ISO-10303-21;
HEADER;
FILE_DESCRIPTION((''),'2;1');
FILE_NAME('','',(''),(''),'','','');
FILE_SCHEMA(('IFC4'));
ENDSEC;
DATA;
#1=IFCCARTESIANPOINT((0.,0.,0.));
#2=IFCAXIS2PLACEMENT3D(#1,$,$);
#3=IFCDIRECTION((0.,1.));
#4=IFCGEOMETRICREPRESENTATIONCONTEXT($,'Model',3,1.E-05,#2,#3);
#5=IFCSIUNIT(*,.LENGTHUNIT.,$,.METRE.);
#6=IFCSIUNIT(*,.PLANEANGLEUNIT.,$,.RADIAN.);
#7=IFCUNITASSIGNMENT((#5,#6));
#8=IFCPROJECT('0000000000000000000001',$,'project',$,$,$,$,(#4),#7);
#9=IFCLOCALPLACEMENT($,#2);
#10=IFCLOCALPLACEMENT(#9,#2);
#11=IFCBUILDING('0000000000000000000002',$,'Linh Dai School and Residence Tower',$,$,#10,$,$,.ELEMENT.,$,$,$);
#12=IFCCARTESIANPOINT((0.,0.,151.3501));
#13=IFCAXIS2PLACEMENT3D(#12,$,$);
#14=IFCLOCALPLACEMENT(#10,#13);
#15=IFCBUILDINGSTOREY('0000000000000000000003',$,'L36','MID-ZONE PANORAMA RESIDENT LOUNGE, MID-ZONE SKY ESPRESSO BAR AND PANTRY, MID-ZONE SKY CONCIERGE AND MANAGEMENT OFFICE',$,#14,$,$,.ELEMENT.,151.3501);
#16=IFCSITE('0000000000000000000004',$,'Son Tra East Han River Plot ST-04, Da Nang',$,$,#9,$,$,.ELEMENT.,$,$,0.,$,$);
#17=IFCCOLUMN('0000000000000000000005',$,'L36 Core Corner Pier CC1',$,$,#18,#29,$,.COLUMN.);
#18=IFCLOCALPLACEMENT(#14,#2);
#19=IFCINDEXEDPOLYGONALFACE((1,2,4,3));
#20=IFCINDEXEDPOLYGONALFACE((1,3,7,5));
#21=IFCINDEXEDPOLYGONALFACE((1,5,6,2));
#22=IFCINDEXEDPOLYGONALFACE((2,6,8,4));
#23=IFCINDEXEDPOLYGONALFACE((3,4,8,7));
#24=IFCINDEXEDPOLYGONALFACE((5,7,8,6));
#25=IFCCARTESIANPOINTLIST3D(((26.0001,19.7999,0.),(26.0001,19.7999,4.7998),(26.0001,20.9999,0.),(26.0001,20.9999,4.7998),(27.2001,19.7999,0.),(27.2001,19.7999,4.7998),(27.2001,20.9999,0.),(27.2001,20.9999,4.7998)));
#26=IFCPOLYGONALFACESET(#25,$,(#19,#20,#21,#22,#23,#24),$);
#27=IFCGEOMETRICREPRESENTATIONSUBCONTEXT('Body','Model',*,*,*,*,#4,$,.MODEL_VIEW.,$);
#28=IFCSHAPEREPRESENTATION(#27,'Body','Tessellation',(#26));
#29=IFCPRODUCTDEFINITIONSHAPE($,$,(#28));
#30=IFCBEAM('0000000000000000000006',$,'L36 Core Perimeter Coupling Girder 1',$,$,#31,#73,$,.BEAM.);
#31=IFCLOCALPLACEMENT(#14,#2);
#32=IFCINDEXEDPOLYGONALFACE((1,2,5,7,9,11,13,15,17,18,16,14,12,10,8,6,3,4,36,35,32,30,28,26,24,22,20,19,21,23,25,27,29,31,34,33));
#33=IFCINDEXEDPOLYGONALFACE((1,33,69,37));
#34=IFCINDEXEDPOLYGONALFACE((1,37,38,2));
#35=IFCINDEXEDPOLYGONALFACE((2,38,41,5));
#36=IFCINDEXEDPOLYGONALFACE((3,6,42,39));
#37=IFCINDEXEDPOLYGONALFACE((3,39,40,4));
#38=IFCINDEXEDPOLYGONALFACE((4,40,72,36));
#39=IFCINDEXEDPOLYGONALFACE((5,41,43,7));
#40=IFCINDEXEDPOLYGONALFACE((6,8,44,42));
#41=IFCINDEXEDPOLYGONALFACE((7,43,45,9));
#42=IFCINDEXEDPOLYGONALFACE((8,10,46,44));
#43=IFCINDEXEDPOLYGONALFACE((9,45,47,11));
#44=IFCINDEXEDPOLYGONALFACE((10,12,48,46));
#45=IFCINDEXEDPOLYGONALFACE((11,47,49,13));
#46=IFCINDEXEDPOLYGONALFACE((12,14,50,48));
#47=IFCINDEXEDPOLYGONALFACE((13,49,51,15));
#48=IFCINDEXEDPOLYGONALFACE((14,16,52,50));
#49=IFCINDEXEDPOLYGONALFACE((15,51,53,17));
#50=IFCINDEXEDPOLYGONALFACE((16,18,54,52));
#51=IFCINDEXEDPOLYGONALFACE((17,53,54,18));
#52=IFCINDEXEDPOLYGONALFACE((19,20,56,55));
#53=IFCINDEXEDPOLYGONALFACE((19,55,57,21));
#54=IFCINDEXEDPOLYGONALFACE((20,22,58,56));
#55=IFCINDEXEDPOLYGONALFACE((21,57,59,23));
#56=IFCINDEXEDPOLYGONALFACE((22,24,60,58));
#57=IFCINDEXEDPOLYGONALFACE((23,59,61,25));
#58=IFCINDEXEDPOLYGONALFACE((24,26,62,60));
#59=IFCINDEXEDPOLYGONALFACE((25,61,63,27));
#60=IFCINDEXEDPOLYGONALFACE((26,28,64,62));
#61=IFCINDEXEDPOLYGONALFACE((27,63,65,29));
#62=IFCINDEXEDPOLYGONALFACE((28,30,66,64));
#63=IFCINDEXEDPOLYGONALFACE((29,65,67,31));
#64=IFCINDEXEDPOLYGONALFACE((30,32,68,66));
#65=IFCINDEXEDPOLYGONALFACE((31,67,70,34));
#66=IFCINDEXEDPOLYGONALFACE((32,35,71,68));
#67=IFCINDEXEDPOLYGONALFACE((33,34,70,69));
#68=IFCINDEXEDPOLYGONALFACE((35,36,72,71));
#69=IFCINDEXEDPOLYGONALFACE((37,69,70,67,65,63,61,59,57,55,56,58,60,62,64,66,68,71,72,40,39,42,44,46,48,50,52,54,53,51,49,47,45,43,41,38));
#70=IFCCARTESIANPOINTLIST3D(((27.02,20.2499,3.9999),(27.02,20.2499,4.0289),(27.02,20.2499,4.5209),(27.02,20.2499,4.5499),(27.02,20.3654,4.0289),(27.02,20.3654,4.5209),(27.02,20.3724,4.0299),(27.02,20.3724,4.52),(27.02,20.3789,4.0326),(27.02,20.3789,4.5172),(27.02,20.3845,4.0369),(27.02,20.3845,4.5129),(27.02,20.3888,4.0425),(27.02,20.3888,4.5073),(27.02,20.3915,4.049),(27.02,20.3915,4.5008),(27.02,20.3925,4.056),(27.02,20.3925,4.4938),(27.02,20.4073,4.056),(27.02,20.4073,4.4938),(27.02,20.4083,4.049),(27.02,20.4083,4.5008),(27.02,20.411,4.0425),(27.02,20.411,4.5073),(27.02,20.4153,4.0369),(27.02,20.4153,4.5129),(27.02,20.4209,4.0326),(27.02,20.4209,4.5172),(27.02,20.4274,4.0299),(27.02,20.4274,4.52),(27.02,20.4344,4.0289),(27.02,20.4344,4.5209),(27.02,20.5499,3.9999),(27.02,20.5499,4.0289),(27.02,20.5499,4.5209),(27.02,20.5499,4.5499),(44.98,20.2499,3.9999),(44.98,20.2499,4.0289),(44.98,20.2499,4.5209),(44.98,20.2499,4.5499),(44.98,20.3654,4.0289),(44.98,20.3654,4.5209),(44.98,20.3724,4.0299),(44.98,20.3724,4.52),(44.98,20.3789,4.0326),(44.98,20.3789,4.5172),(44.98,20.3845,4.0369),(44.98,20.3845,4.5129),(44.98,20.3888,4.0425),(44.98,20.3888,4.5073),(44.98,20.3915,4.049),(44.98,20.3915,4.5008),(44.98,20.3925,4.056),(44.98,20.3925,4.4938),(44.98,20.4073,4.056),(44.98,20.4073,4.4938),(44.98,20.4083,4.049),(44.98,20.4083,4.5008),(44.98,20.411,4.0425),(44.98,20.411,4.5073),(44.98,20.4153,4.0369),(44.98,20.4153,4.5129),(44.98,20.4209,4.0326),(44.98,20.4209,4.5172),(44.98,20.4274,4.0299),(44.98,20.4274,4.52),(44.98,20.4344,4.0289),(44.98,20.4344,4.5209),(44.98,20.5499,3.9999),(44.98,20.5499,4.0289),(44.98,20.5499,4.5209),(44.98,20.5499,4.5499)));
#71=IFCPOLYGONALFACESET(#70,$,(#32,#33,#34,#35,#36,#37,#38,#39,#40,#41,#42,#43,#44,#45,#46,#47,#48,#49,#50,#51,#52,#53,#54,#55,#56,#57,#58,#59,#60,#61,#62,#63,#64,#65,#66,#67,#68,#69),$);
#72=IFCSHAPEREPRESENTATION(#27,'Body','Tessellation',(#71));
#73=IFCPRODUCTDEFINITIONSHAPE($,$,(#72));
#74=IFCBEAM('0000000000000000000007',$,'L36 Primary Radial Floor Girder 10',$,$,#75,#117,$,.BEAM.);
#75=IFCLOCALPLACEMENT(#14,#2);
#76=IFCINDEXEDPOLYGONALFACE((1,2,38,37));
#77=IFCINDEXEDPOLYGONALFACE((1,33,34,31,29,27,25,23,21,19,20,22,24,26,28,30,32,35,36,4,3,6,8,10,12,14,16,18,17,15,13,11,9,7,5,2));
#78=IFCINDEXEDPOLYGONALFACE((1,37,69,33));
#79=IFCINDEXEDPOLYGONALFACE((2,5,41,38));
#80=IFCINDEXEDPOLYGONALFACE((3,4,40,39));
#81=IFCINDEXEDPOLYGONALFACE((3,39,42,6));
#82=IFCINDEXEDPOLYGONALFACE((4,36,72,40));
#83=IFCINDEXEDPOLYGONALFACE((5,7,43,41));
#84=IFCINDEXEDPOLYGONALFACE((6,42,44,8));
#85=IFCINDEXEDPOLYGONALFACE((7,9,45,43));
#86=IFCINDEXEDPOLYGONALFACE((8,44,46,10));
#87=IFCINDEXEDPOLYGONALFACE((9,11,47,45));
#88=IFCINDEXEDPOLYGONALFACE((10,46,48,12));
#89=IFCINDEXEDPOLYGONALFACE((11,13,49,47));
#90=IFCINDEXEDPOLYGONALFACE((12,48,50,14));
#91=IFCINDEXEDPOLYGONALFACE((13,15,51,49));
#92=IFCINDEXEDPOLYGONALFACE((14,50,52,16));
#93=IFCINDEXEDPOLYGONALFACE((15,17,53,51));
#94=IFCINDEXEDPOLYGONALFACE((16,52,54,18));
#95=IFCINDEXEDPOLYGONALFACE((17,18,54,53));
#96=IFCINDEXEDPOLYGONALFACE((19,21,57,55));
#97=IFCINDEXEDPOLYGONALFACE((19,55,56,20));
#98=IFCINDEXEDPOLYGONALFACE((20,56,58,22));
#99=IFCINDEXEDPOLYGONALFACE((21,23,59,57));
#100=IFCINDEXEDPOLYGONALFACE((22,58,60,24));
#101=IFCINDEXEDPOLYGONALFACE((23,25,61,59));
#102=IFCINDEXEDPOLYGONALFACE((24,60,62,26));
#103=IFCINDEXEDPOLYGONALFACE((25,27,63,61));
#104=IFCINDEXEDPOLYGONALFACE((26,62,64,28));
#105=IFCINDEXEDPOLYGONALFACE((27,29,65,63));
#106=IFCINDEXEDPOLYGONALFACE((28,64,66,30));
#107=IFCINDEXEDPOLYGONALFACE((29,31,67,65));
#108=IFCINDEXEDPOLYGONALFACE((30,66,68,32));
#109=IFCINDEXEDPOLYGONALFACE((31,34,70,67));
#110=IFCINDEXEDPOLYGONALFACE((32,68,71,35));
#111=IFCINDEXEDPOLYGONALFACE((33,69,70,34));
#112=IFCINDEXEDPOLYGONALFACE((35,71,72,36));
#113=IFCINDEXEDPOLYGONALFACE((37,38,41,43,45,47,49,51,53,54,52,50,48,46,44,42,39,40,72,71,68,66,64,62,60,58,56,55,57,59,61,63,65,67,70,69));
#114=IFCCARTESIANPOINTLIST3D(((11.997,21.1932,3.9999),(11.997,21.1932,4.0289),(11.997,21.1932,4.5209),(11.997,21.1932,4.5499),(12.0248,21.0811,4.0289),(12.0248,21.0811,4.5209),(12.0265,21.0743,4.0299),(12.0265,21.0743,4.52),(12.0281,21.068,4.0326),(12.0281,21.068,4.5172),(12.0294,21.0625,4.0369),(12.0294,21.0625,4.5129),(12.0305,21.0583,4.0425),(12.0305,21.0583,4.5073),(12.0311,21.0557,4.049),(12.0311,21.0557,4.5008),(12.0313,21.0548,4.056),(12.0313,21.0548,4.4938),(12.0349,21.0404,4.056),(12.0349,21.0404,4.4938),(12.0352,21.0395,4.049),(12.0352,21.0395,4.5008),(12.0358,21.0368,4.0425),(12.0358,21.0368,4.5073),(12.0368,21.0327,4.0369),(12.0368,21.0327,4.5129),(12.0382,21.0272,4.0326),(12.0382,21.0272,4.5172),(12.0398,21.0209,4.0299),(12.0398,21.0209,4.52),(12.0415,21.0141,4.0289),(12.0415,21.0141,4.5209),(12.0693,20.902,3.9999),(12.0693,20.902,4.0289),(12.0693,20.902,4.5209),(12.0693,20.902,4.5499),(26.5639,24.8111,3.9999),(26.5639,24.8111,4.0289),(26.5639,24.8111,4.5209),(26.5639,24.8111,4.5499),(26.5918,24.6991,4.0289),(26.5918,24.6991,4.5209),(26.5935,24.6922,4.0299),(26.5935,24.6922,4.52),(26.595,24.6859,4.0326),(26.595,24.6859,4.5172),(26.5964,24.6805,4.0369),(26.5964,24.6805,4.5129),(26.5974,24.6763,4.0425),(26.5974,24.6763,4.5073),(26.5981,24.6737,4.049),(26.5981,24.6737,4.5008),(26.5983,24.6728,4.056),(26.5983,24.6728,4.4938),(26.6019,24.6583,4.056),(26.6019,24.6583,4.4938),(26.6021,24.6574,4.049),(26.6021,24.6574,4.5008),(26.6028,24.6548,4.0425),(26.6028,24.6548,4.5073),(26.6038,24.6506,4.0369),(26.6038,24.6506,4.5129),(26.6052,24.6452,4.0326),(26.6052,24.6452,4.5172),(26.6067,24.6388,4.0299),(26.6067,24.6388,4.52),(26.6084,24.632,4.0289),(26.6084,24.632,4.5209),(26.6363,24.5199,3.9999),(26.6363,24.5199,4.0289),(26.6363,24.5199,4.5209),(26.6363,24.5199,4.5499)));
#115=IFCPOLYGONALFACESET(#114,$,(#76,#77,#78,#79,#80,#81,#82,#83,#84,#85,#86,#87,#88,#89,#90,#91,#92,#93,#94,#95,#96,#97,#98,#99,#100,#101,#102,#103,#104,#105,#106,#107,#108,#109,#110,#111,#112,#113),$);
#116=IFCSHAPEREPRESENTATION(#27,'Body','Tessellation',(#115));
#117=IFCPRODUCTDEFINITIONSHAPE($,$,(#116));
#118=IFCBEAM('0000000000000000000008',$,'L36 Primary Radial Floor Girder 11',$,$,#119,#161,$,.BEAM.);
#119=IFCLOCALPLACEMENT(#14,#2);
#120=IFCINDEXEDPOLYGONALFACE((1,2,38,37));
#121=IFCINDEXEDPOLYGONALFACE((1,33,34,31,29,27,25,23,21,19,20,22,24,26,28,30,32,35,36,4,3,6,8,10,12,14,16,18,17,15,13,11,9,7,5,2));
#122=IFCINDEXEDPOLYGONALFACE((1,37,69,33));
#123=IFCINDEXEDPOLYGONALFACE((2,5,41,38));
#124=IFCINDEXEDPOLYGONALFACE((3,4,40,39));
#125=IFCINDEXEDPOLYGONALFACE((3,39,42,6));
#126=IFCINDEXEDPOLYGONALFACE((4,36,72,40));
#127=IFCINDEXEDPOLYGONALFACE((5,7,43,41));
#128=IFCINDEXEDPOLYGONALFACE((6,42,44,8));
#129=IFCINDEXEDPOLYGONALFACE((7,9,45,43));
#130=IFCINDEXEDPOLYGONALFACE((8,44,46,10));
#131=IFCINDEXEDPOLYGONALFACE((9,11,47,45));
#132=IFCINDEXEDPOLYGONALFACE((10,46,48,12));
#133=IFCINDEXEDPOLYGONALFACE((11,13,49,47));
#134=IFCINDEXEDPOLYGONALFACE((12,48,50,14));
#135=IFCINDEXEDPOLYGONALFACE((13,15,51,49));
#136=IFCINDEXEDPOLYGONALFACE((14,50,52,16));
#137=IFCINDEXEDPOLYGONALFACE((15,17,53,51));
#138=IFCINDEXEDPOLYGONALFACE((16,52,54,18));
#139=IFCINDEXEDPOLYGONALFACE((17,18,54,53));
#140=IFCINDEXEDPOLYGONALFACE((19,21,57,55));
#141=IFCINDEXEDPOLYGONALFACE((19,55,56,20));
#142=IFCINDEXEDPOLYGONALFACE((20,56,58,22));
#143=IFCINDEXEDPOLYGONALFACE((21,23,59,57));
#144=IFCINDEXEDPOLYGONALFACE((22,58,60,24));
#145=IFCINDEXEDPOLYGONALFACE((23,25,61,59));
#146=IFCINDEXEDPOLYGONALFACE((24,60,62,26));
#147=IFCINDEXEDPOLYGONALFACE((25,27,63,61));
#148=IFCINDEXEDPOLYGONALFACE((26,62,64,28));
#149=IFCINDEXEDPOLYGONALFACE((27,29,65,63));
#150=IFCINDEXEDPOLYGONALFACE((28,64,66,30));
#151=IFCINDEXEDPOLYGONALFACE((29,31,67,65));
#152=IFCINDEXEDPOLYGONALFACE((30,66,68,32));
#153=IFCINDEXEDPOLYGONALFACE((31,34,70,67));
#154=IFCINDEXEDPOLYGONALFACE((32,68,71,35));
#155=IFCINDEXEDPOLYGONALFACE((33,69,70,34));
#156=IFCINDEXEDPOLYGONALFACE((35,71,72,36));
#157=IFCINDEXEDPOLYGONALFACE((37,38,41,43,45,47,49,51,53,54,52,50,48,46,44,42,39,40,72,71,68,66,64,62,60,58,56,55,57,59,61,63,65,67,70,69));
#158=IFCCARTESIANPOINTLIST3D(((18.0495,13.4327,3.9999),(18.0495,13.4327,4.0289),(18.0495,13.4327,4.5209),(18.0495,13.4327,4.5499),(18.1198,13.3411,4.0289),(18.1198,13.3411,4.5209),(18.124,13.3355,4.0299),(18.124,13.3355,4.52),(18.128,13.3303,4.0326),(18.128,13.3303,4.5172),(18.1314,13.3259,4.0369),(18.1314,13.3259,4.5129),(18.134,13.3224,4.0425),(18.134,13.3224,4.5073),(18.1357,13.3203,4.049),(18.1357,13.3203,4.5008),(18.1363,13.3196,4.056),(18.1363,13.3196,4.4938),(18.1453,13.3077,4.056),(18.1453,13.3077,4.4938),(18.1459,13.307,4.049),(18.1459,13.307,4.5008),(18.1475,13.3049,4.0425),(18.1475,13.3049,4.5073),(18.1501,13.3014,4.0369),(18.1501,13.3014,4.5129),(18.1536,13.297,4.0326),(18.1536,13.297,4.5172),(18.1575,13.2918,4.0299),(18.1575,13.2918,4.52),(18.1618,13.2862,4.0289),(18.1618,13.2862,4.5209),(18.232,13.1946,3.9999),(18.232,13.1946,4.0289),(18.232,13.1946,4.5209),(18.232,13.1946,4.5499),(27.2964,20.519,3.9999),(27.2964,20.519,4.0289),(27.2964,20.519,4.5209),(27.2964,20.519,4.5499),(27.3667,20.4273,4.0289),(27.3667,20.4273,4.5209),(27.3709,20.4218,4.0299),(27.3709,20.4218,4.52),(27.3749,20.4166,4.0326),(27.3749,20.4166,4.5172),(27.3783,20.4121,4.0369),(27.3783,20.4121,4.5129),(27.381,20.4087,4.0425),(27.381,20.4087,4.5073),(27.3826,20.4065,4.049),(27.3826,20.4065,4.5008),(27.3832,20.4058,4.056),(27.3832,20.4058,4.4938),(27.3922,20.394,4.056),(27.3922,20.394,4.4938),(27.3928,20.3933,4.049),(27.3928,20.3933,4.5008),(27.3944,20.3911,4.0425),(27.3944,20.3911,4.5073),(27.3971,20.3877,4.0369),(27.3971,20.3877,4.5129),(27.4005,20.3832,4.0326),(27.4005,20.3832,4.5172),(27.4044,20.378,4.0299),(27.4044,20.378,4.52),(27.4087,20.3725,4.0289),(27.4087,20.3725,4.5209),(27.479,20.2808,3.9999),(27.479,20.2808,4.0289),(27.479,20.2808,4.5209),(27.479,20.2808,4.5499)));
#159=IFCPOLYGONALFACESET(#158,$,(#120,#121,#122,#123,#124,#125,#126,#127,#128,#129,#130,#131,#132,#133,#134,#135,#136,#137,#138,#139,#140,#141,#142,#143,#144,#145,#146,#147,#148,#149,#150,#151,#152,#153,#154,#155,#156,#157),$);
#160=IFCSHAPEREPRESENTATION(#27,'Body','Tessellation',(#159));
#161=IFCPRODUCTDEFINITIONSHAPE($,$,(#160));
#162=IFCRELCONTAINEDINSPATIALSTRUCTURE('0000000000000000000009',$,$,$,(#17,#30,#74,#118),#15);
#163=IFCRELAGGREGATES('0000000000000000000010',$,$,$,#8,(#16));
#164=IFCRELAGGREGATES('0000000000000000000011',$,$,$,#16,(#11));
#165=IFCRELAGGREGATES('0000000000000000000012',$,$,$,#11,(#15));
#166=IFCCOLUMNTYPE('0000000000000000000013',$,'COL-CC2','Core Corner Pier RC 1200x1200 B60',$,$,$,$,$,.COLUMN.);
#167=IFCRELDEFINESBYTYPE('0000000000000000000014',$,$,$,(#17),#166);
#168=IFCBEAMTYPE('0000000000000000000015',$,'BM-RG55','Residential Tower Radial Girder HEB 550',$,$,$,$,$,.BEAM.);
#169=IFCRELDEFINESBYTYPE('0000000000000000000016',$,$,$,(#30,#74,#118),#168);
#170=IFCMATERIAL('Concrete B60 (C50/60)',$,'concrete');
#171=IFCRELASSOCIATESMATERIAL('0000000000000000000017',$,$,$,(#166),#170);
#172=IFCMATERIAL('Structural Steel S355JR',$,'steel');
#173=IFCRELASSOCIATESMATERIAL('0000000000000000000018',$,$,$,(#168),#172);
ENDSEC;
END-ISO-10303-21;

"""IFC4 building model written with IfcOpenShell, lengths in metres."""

from ifc_helpers import new_model, si_unit, direction, frame, origin, origin_2d, place, context, subcontext, project, spatial, rectangle, i_section, extrude, material, material_profile, profile_set, type_object, element, save


model = new_model("IFC4")

# Units and contexts
model_context = context("Model", 3, precision=1e-05, world=origin(), true_north=direction((0.0, 1.0)))
body_context = subcontext(model_context, "Body", "Model", "MODEL_VIEW")
ifc_project = project(units=[si_unit("LENGTHUNIT", "METRE"), si_unit("PLANEANGLEUNIT", "RADIAN")], contexts=[model_context])

# Site, building, storey
site_placement = place(None, origin())
site = spatial("IfcSite", under=ifc_project, at=site_placement, Name="Son Tra East Han River Plot ST-04, Da Nang", CompositionType="ELEMENT", RefElevation=0.0)
building_placement = place(site_placement, origin())
building = spatial("IfcBuilding", under=site, at=building_placement, Name="Linh Dai School and Residence Tower", CompositionType="ELEMENT")
storey_placement = place(building_placement, frame((0.0, 0.0, 151.3501)))
storey = spatial("IfcBuildingStorey", under=building, at=storey_placement, Name="L36", Description="MID-ZONE PANORAMA RESIDENT LOUNGE, MID-ZONE SKY ESPRESSO BAR AND PANTRY, MID-ZONE SKY CONCIERGE AND MANAGEMENT OFFICE", CompositionType="ELEMENT", Elevation=151.3501)

# Column
ifc_material_1 = material(Name="Concrete B60 (C50/60)", Category="concrete")
ifc_material_profile_1 = material_profile(ifc_material_1, rectangle(XDim=1.2, YDim=1.2, at=origin_2d()), Name="RC 1200x1200")
ifc_profile_set_1 = profile_set([ifc_material_profile_1], Name="Concrete B60 (C50/60)")
column_type = type_object("IfcColumnType", Name="COL-CC2", Description="Core Corner Pier RC 1200x1200 B60", PredefinedType="COLUMN", material=ifc_profile_set_1)
column_placement = place(storey_placement, frame((26.6001, 20.3999, 0.0), z_axis=(0.0, 0.0, 1.0), x_axis=(1.0, 0.0, 0.0)))
element("IfcColumn", 1, at=column_placement, inside=storey, type_object=column_type, Name="L36 Core Corner Pier CC1", PredefinedType="COLUMN", context=body_context, shape_type="SweptSolid", body=[
    extrude(rectangle(XDim=1.2, YDim=1.2, at=origin_2d()), origin(), (0.0, 0.0, 1.0), 4.7998),
])

# Beams
ifc_material_2 = material(Name="Structural Steel S355JR", Category="steel")
ifc_material_profile_2 = material_profile(ifc_material_2, i_section(OverallWidth=0.3, OverallDepth=0.55, WebThickness=0.0149, FlangeThickness=0.0291, FilletRadius=0.0271, at=origin_2d()), Name="HEB 550")
ifc_profile_set_2 = profile_set([ifc_material_profile_2], Name="Structural Steel S355JR")
beam_type_1 = type_object("IfcBeamType", Name="BM-RG55", Description="Residential Tower Radial Girder HEB 550", PredefinedType="BEAM", material=ifc_profile_set_2)
beam_1_placement = place(storey_placement, frame((27.02, 20.3999, 4.2749), z_axis=(1.0, 0.0, 0.0), x_axis=(0.0, 1.0, 0.0)))
element("IfcBeam", 2, at=beam_1_placement, inside=storey, type_object=beam_type_1, Name="L36 Core Perimeter Coupling Girder 1", PredefinedType="BEAM", context=body_context, shape_type="SweptSolid", body=[
    extrude(i_section(OverallWidth=0.3, OverallDepth=0.55, WebThickness=0.0149, FlangeThickness=0.0291, FilletRadius=0.0271, at=origin_2d()), origin(), (0.0, 0.0, 1.0), 17.96),
])
beam_2_placement = place(storey_placement, frame((26.6001, 24.6655, 4.2749), z_axis=(-0.970515, -0.241043, 0.0), x_axis=(0.241043, -0.970515, 0.0)))
element("IfcBeam", 3, at=beam_2_placement, inside=storey, type_object=beam_type_1, Name="L36 Primary Radial Floor Girder 10", PredefinedType="BEAM", context=body_context, shape_type="SweptSolid", body=[
    extrude(i_section(OverallWidth=0.3, OverallDepth=0.55, WebThickness=0.0149, FlangeThickness=0.0291, FilletRadius=0.0271, at=origin_2d()), origin(), (0.0, 0.0, 1.0), 15.0095),
])
beam_3_placement = place(storey_placement, frame((27.3877, 20.3999, 4.2749), z_axis=(-0.793733, -0.608267, 0.0), x_axis=(0.608267, -0.793733, 0.0)))
element("IfcBeam", 4, at=beam_3_placement, inside=storey, type_object=beam_type_1, Name="L36 Primary Radial Floor Girder 11", PredefinedType="BEAM", context=body_context, shape_type="SweptSolid", body=[
    extrude(i_section(OverallWidth=0.3, OverallDepth=0.55, WebThickness=0.0149, FlangeThickness=0.0291, FilletRadius=0.0271, at=origin_2d()), origin(), (0.0, 0.0, 1.0), 11.6499),
])

save(model, "model.ifc")
